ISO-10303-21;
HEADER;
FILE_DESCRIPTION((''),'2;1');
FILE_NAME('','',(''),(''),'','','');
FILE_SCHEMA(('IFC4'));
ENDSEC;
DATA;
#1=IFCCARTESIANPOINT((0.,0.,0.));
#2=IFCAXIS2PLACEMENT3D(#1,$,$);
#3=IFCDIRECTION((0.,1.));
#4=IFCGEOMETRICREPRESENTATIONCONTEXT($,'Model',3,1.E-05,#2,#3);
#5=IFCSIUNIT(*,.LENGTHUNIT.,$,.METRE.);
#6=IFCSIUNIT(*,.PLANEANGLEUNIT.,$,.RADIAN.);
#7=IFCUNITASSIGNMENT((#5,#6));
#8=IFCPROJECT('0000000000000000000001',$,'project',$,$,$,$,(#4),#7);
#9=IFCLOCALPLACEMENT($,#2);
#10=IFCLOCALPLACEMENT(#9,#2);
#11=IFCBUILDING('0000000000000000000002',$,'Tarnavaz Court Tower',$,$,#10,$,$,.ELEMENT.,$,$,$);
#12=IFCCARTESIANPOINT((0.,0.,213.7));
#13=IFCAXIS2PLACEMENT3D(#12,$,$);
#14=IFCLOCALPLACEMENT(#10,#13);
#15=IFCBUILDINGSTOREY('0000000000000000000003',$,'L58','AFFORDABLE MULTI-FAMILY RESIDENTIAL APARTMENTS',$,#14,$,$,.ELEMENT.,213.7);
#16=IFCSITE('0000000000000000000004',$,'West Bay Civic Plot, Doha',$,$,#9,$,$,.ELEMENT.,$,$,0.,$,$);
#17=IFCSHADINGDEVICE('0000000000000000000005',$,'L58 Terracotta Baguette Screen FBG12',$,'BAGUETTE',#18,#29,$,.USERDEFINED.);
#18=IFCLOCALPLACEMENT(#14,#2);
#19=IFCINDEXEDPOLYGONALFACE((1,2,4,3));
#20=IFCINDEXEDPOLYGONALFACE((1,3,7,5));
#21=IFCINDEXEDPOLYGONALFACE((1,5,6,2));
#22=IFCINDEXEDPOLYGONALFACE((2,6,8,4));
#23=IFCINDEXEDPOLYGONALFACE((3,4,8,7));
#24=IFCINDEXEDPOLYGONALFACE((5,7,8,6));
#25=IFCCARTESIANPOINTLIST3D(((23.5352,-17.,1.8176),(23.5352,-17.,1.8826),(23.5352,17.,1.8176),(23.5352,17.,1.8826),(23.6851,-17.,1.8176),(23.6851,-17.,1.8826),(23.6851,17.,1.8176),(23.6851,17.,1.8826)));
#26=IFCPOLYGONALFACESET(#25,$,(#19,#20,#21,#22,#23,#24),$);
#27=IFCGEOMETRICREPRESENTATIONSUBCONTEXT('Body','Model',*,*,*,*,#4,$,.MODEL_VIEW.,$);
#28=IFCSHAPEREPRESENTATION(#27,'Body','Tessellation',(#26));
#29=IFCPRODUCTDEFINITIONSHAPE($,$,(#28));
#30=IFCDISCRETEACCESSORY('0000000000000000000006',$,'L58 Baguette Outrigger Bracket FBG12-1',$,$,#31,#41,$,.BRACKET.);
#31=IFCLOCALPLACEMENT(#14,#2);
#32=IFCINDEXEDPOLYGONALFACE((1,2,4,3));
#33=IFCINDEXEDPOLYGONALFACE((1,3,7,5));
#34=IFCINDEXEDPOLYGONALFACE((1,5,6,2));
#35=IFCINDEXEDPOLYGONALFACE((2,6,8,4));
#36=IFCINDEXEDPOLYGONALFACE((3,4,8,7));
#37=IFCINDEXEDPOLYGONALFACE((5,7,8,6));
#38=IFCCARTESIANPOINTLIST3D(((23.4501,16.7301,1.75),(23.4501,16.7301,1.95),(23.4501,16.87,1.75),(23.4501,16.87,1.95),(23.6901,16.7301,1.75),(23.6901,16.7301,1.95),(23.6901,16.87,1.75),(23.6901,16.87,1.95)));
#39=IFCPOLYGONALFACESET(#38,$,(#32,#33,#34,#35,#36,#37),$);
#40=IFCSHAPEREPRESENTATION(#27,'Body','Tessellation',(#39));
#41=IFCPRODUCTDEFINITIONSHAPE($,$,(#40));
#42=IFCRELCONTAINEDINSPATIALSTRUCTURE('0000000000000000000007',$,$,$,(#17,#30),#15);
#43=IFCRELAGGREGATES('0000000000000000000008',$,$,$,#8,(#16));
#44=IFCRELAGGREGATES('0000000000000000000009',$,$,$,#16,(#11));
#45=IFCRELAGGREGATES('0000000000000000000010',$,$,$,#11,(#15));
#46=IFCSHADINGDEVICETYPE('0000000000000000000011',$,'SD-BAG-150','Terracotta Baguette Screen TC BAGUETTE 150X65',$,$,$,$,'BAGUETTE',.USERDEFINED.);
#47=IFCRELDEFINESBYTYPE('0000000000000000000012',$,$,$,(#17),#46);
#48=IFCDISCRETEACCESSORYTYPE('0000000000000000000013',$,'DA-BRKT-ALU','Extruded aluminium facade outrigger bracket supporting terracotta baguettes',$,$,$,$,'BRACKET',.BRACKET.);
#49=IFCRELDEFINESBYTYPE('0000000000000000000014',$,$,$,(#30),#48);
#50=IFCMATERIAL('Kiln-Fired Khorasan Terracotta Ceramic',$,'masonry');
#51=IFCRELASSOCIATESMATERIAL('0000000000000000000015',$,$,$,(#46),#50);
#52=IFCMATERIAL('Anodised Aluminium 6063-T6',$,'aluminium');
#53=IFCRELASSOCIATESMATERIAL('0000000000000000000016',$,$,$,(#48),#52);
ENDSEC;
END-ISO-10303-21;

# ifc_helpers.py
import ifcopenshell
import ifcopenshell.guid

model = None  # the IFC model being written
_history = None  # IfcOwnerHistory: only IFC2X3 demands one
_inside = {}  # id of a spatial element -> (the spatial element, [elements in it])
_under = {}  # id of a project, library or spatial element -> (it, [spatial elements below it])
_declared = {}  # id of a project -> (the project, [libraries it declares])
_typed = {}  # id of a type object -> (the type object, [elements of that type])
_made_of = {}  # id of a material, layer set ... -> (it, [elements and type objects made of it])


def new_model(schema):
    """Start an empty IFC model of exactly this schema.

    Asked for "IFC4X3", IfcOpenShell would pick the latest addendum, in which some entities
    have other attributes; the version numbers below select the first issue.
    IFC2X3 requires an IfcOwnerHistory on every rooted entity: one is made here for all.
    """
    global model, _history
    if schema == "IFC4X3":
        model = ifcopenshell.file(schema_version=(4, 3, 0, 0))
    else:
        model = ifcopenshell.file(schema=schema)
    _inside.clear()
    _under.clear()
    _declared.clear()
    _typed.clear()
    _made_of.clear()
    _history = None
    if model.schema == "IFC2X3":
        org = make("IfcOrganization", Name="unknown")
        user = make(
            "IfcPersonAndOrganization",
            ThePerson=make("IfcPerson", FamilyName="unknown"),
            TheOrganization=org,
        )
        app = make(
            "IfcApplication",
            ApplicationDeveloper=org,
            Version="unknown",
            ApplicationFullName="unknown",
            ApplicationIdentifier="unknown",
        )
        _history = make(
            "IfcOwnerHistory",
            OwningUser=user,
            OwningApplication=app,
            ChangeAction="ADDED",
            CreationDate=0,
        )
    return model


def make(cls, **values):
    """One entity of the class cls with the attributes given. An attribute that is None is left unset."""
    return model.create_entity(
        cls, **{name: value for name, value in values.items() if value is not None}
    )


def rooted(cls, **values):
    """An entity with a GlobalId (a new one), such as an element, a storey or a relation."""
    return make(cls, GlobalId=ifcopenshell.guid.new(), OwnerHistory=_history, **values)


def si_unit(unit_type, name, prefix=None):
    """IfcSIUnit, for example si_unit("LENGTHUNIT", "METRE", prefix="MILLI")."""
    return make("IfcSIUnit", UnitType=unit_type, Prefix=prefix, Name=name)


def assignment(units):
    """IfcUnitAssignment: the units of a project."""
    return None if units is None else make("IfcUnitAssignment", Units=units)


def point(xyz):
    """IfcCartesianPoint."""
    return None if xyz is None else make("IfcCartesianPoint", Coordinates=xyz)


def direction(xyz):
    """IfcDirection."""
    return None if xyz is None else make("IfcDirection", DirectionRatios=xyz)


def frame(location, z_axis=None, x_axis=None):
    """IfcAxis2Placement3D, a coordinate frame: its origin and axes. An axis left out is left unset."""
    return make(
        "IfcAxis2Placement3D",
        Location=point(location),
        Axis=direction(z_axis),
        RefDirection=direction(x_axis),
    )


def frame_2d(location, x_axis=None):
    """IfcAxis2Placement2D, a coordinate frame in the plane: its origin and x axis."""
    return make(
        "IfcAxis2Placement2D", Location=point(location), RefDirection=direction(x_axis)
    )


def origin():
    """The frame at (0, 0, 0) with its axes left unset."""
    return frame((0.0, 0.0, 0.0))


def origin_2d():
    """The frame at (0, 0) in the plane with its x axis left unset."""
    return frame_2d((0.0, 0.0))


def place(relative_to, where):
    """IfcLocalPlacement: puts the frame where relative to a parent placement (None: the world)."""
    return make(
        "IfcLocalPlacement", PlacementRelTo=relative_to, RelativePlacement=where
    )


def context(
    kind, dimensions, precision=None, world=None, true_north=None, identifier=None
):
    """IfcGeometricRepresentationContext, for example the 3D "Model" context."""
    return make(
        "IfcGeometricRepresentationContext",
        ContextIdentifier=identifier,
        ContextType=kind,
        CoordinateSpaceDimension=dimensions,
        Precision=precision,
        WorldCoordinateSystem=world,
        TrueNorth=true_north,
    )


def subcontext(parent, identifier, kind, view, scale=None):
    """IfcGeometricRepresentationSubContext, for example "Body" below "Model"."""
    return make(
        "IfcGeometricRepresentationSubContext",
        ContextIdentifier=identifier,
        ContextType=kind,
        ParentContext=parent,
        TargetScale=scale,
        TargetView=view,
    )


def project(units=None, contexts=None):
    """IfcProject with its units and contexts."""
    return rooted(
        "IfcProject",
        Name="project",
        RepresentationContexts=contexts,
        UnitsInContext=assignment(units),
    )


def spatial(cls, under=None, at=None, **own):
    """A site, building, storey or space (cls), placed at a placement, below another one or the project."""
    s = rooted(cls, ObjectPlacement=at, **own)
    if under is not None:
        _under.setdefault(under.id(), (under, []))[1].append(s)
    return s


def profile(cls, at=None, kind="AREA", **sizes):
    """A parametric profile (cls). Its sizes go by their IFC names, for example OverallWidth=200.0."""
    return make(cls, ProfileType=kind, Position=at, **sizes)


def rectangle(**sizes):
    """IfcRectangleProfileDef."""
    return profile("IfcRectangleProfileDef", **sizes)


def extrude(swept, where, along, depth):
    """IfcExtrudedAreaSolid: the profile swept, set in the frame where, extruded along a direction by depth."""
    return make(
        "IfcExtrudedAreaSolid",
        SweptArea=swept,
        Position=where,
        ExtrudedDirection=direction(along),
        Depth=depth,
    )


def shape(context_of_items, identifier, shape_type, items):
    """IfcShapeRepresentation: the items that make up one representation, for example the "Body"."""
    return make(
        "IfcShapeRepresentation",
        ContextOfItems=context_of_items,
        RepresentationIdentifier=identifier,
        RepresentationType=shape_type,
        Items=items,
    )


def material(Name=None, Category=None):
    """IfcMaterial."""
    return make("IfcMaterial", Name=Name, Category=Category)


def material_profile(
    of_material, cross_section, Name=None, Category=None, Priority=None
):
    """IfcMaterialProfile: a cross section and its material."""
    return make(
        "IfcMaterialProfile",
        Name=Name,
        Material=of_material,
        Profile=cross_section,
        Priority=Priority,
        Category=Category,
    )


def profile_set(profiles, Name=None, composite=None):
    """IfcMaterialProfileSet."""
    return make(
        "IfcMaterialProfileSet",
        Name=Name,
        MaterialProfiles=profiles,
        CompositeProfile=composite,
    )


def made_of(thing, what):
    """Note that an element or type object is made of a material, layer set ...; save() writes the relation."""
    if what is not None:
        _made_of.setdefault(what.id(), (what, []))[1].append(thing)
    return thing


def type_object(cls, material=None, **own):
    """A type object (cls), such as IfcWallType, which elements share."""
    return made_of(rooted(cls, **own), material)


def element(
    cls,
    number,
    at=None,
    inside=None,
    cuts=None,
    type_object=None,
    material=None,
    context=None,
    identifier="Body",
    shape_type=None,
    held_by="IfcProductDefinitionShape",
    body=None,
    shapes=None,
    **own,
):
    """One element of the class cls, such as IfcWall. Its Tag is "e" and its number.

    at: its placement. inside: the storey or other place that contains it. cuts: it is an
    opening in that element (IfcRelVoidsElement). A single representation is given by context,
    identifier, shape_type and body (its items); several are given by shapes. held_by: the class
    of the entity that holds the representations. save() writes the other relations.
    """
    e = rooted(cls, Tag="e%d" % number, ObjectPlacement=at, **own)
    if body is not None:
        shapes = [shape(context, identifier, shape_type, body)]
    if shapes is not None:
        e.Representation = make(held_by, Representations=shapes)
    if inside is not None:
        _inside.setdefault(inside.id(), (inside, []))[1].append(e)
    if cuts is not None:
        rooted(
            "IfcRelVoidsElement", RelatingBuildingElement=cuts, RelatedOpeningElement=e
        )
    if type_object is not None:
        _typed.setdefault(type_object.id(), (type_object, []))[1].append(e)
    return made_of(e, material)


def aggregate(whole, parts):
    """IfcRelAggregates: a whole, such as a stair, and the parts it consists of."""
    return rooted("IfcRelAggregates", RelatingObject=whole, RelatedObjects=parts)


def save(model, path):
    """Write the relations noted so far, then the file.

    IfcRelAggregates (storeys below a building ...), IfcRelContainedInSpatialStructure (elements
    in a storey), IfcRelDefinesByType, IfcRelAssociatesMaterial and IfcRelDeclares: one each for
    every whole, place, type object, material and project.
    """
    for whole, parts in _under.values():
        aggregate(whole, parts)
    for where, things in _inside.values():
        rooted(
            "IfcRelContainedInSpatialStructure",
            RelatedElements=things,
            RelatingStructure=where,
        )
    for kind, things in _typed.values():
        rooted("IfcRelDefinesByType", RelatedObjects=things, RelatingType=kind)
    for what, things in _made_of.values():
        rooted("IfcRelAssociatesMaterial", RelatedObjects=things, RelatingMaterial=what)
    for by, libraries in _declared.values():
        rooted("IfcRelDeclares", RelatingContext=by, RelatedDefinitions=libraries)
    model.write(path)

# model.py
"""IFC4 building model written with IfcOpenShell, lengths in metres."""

from ifc_helpers import new_model, si_unit, direction, frame, origin, origin_2d, place, context, subcontext, project, spatial, rectangle, extrude, material, material_profile, profile_set, type_object, element, save


model = new_model("IFC4")

# Units and contexts
model_context = context("Model", 3, precision=1e-05, world=origin(), true_north=direction((0.0, 1.0)))
body_context = subcontext(model_context, "Body", "Model", "MODEL_VIEW")
ifc_project = project(units=[si_unit("LENGTHUNIT", "METRE"), si_unit("PLANEANGLEUNIT", "RADIAN")], contexts=[model_context])

# Site, building, storey
site_placement = place(None, origin())
site = spatial("IfcSite", under=ifc_project, at=site_placement, Name="West Bay Civic Plot, Doha", CompositionType="ELEMENT", RefElevation=0.0)
building_placement = place(site_placement, origin())
building = spatial("IfcBuilding", under=site, at=building_placement, Name="Tarnavaz Court Tower", CompositionType="ELEMENT")
storey_placement = place(building_placement, frame((0.0, 0.0, 213.7)))
storey = spatial("IfcBuildingStorey", under=building, at=storey_placement, Name="L58", Description="AFFORDABLE MULTI-FAMILY RESIDENTIAL APARTMENTS", CompositionType="ELEMENT", Elevation=213.7)

# Shading device
ifc_material_1 = material(Name="Kiln-Fired Khorasan Terracotta Ceramic", Category="masonry")
ifc_material_profile_1 = material_profile(ifc_material_1, rectangle(XDim=0.1499, YDim=0.0649, at=origin_2d()), Name="TC BAGUETTE 150X65")
ifc_profile_set_1 = profile_set([ifc_material_profile_1], Name="Kiln-Fired Khorasan Terracotta Ceramic")
shading_device_type = type_object("IfcShadingDeviceType", Name="SD-BAG-150", Description="Terracotta Baguette Screen TC BAGUETTE 150X65", ElementType="BAGUETTE", PredefinedType="USERDEFINED", material=ifc_profile_set_1)
shading_device_placement = place(storey_placement, frame((23.6101, 17.0, 1.8501), z_axis=(0.0, -1.0, 0.0), x_axis=(1.0, 0.0, 0.0)))
element("IfcShadingDevice", 1, at=shading_device_placement, inside=storey, type_object=shading_device_type, Name="L58 Terracotta Baguette Screen FBG12", ObjectType="BAGUETTE", PredefinedType="USERDEFINED", context=body_context, shape_type="SweptSolid", body=[
    extrude(rectangle(XDim=0.1499, YDim=0.0649, at=origin_2d()), origin(), (0.0, 0.0, 1.0), 34.0),
])

# Discrete accessory
ifc_material_2 = material(Name="Anodised Aluminium 6063-T6", Category="aluminium")
discrete_accessory_type = type_object("IfcDiscreteAccessoryType", Name="DA-BRKT-ALU", Description="Extruded aluminium facade outrigger bracket supporting terracotta baguettes", ElementType="BRACKET", PredefinedType="BRACKET", material=ifc_material_2)
discrete_accessory_placement = place(storey_placement, frame((23.5701, 16.8, 1.75), z_axis=(0.0, 0.0, 1.0), x_axis=(0.0, -1.0, 0.0)))
element("IfcDiscreteAccessory", 2, at=discrete_accessory_placement, inside=storey, type_object=discrete_accessory_type, Name="L58 Baguette Outrigger Bracket FBG12-1", PredefinedType="BRACKET", context=body_context, shape_type="SweptSolid", body=[
    extrude(rectangle(XDim=0.1399, YDim=0.24, at=origin_2d()), origin(), (0.0, 0.0, 1.0), 0.2),
])

save(model, "model.ifc")
